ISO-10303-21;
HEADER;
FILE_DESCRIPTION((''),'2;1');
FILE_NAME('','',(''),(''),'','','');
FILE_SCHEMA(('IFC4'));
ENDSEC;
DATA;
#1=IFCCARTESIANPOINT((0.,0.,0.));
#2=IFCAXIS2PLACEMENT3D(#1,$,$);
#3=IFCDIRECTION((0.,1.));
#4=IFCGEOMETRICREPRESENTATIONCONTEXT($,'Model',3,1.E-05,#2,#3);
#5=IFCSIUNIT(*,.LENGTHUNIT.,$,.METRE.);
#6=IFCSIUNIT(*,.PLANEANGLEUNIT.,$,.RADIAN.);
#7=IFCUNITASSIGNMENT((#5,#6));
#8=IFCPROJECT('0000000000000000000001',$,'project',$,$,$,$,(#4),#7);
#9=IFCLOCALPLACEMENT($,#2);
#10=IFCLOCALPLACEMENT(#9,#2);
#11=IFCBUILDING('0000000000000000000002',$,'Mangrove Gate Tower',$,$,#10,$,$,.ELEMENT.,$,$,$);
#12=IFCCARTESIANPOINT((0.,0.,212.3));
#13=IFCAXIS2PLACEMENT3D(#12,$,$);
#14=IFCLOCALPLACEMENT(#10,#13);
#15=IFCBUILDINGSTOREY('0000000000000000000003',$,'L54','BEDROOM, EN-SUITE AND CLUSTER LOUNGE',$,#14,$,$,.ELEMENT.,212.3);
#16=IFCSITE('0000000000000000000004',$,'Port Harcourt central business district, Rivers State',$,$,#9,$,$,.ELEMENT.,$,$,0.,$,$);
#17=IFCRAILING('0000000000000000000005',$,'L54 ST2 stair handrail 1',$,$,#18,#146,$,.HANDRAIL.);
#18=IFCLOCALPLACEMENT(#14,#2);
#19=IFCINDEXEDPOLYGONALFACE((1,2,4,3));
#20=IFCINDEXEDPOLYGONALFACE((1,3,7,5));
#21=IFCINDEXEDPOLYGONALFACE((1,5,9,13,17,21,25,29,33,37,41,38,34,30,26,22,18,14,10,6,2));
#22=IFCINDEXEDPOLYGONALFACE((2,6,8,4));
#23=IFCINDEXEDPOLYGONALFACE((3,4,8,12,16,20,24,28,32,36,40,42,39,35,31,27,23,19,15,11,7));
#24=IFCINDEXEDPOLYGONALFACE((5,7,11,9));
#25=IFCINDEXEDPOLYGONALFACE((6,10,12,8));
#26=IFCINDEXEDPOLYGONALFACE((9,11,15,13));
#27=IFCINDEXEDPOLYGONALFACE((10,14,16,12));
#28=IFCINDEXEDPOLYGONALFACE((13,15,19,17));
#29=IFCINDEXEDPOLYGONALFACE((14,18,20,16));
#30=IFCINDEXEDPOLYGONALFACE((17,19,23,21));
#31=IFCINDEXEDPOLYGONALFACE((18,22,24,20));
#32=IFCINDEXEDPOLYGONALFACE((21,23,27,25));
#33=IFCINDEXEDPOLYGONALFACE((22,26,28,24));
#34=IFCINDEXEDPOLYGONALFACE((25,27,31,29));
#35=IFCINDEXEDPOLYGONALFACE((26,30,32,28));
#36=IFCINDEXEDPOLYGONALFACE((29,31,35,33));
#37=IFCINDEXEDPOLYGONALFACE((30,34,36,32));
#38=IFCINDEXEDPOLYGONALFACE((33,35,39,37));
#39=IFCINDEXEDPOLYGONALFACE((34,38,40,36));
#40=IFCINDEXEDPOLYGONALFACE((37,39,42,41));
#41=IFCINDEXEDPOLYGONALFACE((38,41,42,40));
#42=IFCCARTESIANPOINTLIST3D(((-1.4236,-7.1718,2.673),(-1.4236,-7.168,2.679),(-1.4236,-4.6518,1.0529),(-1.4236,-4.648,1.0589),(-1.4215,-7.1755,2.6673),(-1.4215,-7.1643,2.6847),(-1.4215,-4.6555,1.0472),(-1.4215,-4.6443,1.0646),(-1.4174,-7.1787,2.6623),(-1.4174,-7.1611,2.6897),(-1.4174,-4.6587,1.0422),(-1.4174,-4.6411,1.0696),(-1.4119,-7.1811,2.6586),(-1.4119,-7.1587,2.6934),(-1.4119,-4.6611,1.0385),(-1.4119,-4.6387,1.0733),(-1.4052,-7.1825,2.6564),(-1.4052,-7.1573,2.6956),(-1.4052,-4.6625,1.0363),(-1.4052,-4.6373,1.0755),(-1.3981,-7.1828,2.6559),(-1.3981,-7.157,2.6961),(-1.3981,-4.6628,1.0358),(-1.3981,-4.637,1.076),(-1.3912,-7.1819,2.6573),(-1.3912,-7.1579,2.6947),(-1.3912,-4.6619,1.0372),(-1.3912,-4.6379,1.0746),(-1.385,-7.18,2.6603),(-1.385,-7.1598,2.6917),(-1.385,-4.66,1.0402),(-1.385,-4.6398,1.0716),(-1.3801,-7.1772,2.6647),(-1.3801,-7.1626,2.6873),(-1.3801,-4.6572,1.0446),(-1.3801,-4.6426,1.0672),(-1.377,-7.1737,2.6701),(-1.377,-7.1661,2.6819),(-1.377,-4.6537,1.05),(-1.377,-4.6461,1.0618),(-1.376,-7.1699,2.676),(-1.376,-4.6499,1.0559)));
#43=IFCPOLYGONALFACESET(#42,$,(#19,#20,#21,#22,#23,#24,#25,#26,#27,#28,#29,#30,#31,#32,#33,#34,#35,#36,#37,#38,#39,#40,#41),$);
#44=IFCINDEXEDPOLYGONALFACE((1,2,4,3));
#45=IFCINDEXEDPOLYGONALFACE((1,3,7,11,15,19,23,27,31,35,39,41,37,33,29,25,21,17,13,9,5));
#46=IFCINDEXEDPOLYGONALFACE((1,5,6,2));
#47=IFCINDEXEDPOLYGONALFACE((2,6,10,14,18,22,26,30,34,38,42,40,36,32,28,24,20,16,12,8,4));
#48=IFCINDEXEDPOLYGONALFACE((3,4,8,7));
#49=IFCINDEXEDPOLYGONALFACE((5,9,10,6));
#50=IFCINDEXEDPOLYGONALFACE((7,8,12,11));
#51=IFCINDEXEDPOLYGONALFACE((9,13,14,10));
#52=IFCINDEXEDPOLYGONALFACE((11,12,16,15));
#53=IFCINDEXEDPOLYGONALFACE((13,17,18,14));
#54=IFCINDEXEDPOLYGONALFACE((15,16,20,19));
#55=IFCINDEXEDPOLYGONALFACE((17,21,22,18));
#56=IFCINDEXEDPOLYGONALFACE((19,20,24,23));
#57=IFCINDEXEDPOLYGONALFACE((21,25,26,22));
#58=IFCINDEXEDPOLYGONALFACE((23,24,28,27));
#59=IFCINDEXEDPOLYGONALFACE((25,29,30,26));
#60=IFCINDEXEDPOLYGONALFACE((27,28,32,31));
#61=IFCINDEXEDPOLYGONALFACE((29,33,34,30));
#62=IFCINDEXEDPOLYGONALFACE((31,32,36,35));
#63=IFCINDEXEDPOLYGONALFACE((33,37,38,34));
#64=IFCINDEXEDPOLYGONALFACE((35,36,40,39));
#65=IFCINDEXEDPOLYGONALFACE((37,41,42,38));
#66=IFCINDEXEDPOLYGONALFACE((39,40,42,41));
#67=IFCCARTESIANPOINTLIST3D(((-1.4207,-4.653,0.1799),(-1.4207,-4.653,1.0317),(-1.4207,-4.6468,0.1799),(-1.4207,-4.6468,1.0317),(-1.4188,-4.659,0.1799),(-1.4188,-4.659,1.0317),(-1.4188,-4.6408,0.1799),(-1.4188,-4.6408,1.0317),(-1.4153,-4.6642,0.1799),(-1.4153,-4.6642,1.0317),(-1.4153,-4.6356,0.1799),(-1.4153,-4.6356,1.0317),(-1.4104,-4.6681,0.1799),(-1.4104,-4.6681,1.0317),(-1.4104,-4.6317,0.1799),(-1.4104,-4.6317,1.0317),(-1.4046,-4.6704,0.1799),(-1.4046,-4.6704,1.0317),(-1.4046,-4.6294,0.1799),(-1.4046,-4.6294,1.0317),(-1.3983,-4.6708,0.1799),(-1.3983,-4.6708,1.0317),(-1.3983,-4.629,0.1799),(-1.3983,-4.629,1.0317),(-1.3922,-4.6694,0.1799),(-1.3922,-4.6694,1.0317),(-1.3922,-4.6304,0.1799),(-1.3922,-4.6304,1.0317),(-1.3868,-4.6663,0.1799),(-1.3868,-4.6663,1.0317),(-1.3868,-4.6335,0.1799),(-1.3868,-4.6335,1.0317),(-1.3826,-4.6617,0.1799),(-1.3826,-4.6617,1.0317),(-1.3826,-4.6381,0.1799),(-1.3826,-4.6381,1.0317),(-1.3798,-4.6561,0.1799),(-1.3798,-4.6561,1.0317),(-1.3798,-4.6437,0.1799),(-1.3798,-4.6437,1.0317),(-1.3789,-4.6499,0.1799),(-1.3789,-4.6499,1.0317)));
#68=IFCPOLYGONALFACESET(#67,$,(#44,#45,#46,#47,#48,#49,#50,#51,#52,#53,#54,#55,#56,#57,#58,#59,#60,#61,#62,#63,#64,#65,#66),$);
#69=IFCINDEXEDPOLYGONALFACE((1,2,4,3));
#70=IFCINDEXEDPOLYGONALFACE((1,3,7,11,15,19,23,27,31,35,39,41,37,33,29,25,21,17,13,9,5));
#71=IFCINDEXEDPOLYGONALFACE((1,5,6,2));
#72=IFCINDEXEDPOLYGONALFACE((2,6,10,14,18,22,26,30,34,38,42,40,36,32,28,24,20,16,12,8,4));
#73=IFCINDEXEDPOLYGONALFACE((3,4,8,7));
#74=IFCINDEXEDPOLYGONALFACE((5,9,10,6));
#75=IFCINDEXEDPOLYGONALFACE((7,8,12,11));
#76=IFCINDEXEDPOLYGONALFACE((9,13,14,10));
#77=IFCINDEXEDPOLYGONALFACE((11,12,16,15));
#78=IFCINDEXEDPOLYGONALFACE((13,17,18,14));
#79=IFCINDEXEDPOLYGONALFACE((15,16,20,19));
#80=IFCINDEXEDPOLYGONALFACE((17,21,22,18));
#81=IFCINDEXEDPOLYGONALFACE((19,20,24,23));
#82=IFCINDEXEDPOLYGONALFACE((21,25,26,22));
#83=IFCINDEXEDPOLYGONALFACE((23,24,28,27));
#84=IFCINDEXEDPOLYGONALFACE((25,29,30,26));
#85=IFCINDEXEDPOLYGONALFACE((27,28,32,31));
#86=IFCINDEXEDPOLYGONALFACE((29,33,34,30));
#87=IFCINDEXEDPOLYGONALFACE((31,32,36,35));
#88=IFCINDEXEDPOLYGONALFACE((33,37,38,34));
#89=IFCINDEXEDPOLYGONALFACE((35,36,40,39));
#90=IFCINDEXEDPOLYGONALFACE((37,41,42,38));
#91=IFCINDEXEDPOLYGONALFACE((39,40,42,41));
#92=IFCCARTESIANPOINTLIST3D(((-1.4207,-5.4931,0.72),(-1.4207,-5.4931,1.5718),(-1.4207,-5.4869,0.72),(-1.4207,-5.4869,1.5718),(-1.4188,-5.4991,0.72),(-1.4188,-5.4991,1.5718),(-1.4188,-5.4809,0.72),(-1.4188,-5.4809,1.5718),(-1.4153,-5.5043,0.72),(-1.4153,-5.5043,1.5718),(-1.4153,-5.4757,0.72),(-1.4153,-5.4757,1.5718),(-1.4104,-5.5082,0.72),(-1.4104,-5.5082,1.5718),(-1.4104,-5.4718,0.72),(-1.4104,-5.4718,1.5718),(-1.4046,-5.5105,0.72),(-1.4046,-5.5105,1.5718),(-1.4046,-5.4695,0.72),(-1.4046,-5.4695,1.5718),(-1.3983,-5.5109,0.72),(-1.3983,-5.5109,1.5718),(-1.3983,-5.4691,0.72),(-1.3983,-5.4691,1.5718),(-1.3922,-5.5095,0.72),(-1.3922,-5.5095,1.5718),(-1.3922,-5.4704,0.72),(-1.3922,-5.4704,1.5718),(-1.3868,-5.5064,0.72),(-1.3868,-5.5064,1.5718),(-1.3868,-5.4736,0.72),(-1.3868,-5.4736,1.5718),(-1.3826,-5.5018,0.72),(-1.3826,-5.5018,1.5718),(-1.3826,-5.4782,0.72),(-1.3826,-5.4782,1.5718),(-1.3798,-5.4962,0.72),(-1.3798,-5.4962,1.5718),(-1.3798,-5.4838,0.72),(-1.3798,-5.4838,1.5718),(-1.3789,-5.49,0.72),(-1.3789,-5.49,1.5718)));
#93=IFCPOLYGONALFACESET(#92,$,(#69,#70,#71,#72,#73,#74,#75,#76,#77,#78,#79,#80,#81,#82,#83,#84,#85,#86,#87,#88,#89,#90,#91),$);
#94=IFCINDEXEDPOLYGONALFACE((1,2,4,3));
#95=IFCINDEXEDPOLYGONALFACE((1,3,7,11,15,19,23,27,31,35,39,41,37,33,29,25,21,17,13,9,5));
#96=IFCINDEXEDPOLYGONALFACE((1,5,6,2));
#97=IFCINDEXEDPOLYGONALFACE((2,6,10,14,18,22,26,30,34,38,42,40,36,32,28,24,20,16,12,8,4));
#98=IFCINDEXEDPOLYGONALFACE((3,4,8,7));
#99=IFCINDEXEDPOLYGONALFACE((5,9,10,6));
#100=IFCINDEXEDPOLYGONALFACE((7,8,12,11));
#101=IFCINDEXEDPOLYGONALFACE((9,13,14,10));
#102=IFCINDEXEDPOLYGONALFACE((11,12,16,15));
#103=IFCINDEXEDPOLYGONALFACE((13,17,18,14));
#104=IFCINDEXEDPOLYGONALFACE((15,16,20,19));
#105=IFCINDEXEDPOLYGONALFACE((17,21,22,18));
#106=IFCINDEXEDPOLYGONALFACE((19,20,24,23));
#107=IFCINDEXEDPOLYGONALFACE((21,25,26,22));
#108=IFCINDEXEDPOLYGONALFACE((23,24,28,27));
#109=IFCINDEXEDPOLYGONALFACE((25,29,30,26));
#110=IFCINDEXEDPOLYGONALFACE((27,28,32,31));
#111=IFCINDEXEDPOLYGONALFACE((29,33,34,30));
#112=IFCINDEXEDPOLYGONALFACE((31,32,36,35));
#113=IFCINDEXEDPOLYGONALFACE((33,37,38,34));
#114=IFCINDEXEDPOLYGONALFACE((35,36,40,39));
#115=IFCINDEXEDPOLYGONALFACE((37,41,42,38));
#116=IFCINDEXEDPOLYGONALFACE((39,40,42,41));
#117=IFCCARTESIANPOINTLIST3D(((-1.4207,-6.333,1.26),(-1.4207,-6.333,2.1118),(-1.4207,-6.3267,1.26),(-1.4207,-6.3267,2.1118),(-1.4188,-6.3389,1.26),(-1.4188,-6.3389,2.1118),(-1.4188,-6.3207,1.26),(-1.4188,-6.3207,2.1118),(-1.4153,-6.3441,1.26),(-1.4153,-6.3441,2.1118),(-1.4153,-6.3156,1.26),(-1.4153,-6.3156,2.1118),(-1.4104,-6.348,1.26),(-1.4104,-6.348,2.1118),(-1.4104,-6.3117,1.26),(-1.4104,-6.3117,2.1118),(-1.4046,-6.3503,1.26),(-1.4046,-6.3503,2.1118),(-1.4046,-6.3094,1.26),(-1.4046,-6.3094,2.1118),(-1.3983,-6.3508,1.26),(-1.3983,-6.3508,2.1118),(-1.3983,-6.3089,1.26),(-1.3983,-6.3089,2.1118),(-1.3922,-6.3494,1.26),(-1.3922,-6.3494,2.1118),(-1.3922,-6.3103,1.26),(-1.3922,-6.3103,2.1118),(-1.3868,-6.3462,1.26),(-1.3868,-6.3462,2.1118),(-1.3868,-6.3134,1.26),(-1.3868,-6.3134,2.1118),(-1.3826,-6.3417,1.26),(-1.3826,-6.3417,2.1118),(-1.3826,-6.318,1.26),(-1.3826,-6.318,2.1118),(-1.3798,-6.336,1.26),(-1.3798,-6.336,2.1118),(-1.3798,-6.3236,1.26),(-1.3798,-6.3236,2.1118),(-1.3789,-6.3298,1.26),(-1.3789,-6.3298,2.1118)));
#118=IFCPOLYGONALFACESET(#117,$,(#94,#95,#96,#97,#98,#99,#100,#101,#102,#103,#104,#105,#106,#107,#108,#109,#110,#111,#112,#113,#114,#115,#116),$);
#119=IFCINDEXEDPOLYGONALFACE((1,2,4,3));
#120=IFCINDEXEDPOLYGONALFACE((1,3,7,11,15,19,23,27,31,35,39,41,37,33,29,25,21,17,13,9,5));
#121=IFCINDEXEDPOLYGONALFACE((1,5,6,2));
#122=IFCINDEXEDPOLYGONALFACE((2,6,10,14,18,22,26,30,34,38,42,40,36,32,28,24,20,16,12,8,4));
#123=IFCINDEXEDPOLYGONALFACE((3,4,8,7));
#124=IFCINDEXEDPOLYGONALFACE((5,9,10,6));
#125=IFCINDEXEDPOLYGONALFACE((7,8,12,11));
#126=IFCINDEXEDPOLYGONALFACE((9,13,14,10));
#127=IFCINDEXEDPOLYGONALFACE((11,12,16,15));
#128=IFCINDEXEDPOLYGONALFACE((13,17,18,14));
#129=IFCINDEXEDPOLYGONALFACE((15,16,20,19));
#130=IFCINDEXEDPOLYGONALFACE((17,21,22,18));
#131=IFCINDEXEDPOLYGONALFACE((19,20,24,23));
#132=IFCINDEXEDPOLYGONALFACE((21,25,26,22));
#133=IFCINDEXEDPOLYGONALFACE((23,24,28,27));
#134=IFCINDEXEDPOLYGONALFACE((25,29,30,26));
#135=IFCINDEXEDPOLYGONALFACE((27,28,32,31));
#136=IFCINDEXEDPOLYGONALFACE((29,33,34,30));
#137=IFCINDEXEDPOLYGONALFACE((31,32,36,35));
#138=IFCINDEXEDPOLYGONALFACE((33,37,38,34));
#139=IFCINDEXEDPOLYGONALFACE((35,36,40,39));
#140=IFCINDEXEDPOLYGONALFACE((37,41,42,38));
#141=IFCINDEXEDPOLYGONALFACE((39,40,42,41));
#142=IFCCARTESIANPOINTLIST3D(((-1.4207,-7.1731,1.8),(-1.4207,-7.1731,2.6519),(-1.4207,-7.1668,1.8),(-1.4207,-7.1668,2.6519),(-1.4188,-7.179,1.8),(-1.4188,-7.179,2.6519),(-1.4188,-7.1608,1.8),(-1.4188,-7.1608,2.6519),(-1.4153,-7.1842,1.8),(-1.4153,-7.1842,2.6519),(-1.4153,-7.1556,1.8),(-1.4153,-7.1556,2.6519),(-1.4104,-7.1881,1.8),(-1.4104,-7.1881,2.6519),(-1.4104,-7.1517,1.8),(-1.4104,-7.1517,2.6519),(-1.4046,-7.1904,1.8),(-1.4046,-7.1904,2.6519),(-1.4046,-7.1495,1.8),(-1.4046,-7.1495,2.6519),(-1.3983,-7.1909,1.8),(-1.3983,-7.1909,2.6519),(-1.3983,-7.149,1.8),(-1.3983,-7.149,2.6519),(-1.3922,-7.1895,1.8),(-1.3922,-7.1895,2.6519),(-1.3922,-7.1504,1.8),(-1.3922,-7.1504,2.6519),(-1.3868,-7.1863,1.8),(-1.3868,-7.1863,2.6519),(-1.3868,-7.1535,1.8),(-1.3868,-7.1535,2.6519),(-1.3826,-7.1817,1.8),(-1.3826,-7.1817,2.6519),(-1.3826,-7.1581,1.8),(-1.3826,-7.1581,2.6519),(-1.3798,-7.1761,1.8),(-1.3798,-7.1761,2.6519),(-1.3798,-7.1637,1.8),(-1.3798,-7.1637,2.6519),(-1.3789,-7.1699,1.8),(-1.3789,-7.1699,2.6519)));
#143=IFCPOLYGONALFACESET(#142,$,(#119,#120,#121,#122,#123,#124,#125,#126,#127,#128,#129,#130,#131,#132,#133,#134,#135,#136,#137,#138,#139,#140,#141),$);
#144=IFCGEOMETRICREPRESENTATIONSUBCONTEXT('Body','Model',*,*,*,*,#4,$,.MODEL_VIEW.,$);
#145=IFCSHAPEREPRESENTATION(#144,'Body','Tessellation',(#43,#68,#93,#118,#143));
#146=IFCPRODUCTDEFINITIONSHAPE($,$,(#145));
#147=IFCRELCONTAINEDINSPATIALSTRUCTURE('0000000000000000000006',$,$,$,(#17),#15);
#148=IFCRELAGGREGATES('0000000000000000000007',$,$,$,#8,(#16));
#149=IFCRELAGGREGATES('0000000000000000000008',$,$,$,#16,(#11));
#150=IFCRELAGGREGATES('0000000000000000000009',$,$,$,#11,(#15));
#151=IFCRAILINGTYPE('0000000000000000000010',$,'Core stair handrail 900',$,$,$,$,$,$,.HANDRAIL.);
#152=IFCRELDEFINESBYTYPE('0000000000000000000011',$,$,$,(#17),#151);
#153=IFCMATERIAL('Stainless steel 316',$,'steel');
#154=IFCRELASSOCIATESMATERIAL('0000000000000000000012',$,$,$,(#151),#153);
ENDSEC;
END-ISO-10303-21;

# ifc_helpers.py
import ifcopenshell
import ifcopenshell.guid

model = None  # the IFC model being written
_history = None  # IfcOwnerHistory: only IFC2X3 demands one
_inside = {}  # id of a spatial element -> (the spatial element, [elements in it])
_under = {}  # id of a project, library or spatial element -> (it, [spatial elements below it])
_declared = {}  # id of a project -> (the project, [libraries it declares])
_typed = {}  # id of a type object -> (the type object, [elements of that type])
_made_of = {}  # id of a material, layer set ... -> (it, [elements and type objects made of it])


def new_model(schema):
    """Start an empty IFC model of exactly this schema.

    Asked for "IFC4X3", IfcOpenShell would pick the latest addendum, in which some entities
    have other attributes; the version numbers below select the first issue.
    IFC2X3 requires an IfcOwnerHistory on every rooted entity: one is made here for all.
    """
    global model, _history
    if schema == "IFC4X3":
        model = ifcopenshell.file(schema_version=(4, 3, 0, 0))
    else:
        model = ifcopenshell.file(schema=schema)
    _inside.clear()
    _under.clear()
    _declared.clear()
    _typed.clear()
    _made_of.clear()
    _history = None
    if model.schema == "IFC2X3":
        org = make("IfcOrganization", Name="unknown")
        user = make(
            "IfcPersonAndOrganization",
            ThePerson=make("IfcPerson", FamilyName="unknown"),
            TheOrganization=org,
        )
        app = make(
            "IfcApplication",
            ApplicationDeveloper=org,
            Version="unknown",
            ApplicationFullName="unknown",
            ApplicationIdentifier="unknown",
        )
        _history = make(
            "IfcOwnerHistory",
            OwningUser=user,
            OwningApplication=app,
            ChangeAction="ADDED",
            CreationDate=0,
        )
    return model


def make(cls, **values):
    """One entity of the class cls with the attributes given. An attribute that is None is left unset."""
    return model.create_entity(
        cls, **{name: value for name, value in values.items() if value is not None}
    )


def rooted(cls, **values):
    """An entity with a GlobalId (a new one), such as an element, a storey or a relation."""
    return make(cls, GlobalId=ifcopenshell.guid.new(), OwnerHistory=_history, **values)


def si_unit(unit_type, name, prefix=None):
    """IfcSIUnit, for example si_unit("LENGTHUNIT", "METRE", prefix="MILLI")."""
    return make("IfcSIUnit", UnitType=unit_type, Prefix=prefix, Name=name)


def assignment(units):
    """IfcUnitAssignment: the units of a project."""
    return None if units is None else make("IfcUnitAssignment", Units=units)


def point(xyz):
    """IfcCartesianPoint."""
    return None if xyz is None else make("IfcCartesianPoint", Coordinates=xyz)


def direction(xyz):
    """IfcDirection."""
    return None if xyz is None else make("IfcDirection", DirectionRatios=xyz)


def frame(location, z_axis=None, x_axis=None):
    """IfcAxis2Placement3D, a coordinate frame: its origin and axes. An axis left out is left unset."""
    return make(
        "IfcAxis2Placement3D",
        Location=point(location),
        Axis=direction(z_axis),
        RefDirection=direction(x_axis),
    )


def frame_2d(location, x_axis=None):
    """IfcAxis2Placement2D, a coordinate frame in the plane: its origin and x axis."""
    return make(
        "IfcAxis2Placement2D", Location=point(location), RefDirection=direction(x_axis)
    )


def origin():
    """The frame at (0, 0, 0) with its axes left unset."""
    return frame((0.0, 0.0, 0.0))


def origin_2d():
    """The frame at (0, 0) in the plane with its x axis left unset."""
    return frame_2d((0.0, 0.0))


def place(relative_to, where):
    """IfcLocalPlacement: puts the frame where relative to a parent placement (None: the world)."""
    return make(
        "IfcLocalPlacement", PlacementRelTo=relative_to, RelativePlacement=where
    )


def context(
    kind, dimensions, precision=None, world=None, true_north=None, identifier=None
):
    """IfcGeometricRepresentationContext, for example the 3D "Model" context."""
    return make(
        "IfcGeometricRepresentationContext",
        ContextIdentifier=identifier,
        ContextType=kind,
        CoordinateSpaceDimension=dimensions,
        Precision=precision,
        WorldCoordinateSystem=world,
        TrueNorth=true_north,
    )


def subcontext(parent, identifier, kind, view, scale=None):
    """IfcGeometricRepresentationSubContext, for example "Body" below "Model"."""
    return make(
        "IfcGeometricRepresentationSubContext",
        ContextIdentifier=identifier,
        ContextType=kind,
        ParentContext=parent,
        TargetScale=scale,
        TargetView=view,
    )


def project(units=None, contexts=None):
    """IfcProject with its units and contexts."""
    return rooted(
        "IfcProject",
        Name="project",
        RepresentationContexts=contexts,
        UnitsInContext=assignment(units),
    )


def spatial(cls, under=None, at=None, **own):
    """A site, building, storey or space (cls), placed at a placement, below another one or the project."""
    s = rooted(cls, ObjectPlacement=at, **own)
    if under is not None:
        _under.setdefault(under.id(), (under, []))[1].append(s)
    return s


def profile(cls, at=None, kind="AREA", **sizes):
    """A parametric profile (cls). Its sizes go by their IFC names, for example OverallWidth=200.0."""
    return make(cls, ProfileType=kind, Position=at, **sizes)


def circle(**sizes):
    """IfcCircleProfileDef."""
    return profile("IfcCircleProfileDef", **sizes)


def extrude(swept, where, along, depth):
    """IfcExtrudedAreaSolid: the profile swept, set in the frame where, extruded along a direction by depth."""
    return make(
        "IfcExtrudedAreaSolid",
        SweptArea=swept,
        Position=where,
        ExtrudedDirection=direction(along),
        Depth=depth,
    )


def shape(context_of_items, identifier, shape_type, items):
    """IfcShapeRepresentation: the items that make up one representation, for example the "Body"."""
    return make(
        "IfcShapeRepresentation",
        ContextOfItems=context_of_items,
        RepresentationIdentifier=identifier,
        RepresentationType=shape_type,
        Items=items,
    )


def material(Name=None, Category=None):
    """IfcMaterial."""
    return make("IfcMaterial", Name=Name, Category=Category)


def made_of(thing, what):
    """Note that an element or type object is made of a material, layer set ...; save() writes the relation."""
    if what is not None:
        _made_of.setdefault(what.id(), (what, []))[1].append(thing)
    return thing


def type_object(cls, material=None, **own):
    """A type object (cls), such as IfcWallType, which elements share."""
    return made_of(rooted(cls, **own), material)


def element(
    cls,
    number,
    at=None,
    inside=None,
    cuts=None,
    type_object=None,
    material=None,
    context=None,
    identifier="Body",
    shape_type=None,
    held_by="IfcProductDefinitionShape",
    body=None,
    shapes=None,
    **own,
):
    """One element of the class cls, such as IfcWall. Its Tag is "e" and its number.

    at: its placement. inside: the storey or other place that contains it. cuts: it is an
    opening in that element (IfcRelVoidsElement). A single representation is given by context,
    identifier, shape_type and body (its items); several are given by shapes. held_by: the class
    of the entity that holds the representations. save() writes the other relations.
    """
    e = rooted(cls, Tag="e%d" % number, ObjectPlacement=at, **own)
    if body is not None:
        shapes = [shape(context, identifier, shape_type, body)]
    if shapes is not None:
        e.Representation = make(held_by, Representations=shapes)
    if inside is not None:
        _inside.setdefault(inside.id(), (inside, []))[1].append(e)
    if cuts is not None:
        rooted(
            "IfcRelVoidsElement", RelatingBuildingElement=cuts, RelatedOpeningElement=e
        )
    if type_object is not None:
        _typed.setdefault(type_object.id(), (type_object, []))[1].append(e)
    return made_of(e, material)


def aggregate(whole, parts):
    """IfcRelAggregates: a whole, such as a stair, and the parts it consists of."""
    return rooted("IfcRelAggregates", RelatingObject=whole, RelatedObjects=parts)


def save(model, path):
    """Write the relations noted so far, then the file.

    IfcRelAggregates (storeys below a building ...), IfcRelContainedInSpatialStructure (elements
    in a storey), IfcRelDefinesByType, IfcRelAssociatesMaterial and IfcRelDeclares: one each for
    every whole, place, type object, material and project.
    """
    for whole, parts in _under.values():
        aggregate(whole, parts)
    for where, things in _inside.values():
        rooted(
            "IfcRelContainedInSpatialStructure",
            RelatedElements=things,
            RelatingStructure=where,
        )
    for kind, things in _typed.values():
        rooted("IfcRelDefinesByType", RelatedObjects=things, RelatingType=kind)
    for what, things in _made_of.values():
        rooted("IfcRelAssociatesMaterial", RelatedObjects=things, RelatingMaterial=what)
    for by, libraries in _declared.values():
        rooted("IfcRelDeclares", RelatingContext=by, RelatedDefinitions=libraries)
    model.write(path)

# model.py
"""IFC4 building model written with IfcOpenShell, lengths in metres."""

from ifc_helpers import new_model, si_unit, direction, frame, origin, origin_2d, place, context, subcontext, project, spatial, circle, extrude, material, type_object, element, save


model = new_model("IFC4")

# Units and contexts
model_context = context("Model", 3, precision=1e-05, world=origin(), true_north=direction((0.0, 1.0)))
body_context = subcontext(model_context, "Body", "Model", "MODEL_VIEW")
ifc_project = project(units=[si_unit("LENGTHUNIT", "METRE"), si_unit("PLANEANGLEUNIT", "RADIAN")], contexts=[model_context])

# Site, building, storey
site_placement = place(None, origin())
site = spatial("IfcSite", under=ifc_project, at=site_placement, Name="Port Harcourt central business district, Rivers State", CompositionType="ELEMENT", RefElevation=0.0)
building_placement = place(site_placement, origin())
building = spatial("IfcBuilding", under=site, at=building_placement, Name="Mangrove Gate Tower", CompositionType="ELEMENT")
storey_placement = place(building_placement, frame((0.0, 0.0, 212.3)))
storey = spatial("IfcBuildingStorey", under=building, at=storey_placement, Name="L54", Description="BEDROOM, EN-SUITE AND CLUSTER LOUNGE", CompositionType="ELEMENT", Elevation=212.3)

# Railing
ifc_material_1 = material(Name="Stainless steel 316", Category="steel")
railing_type_1 = type_object("IfcRailingType", Name="Core stair handrail 900", PredefinedType="HANDRAIL", material=ifc_material_1)
railing_1_placement = place(storey_placement, frame((-1.3999, -4.6499, 0.1799)))
element("IfcRailing", 1, at=railing_1_placement, inside=storey, type_object=railing_type_1, Name="L54 ST2 stair handrail 1", PredefinedType="HANDRAIL", context=body_context, shape_type="SweptSolid", body=[
    extrude(circle(Radius=0.0239, at=origin_2d()), frame((0.0, 0.0, 0.876), z_axis=(0.0, -0.841163, 0.540782), x_axis=(1.0, 0.0, 0.0)), (0.0, 0.0, 1.0), 2.9958),
    extrude(circle(Radius=0.021, at=origin_2d()), origin(), (0.0, 0.0, 1.0), 0.8518),
    extrude(circle(Radius=0.021, at=origin_2d()), frame((0.0, -0.8401, 0.54)), (0.0, 0.0, 1.0), 0.8518),
    extrude(circle(Radius=0.021, at=origin_2d()), frame((0.0, -1.6799, 1.0801)), (0.0, 0.0, 1.0), 0.8518),
    extrude(circle(Radius=0.021, at=origin_2d()), frame((0.0, -2.52, 1.6201)), (0.0, 0.0, 1.0), 0.8518),
])

save(model, "model.ifc")
